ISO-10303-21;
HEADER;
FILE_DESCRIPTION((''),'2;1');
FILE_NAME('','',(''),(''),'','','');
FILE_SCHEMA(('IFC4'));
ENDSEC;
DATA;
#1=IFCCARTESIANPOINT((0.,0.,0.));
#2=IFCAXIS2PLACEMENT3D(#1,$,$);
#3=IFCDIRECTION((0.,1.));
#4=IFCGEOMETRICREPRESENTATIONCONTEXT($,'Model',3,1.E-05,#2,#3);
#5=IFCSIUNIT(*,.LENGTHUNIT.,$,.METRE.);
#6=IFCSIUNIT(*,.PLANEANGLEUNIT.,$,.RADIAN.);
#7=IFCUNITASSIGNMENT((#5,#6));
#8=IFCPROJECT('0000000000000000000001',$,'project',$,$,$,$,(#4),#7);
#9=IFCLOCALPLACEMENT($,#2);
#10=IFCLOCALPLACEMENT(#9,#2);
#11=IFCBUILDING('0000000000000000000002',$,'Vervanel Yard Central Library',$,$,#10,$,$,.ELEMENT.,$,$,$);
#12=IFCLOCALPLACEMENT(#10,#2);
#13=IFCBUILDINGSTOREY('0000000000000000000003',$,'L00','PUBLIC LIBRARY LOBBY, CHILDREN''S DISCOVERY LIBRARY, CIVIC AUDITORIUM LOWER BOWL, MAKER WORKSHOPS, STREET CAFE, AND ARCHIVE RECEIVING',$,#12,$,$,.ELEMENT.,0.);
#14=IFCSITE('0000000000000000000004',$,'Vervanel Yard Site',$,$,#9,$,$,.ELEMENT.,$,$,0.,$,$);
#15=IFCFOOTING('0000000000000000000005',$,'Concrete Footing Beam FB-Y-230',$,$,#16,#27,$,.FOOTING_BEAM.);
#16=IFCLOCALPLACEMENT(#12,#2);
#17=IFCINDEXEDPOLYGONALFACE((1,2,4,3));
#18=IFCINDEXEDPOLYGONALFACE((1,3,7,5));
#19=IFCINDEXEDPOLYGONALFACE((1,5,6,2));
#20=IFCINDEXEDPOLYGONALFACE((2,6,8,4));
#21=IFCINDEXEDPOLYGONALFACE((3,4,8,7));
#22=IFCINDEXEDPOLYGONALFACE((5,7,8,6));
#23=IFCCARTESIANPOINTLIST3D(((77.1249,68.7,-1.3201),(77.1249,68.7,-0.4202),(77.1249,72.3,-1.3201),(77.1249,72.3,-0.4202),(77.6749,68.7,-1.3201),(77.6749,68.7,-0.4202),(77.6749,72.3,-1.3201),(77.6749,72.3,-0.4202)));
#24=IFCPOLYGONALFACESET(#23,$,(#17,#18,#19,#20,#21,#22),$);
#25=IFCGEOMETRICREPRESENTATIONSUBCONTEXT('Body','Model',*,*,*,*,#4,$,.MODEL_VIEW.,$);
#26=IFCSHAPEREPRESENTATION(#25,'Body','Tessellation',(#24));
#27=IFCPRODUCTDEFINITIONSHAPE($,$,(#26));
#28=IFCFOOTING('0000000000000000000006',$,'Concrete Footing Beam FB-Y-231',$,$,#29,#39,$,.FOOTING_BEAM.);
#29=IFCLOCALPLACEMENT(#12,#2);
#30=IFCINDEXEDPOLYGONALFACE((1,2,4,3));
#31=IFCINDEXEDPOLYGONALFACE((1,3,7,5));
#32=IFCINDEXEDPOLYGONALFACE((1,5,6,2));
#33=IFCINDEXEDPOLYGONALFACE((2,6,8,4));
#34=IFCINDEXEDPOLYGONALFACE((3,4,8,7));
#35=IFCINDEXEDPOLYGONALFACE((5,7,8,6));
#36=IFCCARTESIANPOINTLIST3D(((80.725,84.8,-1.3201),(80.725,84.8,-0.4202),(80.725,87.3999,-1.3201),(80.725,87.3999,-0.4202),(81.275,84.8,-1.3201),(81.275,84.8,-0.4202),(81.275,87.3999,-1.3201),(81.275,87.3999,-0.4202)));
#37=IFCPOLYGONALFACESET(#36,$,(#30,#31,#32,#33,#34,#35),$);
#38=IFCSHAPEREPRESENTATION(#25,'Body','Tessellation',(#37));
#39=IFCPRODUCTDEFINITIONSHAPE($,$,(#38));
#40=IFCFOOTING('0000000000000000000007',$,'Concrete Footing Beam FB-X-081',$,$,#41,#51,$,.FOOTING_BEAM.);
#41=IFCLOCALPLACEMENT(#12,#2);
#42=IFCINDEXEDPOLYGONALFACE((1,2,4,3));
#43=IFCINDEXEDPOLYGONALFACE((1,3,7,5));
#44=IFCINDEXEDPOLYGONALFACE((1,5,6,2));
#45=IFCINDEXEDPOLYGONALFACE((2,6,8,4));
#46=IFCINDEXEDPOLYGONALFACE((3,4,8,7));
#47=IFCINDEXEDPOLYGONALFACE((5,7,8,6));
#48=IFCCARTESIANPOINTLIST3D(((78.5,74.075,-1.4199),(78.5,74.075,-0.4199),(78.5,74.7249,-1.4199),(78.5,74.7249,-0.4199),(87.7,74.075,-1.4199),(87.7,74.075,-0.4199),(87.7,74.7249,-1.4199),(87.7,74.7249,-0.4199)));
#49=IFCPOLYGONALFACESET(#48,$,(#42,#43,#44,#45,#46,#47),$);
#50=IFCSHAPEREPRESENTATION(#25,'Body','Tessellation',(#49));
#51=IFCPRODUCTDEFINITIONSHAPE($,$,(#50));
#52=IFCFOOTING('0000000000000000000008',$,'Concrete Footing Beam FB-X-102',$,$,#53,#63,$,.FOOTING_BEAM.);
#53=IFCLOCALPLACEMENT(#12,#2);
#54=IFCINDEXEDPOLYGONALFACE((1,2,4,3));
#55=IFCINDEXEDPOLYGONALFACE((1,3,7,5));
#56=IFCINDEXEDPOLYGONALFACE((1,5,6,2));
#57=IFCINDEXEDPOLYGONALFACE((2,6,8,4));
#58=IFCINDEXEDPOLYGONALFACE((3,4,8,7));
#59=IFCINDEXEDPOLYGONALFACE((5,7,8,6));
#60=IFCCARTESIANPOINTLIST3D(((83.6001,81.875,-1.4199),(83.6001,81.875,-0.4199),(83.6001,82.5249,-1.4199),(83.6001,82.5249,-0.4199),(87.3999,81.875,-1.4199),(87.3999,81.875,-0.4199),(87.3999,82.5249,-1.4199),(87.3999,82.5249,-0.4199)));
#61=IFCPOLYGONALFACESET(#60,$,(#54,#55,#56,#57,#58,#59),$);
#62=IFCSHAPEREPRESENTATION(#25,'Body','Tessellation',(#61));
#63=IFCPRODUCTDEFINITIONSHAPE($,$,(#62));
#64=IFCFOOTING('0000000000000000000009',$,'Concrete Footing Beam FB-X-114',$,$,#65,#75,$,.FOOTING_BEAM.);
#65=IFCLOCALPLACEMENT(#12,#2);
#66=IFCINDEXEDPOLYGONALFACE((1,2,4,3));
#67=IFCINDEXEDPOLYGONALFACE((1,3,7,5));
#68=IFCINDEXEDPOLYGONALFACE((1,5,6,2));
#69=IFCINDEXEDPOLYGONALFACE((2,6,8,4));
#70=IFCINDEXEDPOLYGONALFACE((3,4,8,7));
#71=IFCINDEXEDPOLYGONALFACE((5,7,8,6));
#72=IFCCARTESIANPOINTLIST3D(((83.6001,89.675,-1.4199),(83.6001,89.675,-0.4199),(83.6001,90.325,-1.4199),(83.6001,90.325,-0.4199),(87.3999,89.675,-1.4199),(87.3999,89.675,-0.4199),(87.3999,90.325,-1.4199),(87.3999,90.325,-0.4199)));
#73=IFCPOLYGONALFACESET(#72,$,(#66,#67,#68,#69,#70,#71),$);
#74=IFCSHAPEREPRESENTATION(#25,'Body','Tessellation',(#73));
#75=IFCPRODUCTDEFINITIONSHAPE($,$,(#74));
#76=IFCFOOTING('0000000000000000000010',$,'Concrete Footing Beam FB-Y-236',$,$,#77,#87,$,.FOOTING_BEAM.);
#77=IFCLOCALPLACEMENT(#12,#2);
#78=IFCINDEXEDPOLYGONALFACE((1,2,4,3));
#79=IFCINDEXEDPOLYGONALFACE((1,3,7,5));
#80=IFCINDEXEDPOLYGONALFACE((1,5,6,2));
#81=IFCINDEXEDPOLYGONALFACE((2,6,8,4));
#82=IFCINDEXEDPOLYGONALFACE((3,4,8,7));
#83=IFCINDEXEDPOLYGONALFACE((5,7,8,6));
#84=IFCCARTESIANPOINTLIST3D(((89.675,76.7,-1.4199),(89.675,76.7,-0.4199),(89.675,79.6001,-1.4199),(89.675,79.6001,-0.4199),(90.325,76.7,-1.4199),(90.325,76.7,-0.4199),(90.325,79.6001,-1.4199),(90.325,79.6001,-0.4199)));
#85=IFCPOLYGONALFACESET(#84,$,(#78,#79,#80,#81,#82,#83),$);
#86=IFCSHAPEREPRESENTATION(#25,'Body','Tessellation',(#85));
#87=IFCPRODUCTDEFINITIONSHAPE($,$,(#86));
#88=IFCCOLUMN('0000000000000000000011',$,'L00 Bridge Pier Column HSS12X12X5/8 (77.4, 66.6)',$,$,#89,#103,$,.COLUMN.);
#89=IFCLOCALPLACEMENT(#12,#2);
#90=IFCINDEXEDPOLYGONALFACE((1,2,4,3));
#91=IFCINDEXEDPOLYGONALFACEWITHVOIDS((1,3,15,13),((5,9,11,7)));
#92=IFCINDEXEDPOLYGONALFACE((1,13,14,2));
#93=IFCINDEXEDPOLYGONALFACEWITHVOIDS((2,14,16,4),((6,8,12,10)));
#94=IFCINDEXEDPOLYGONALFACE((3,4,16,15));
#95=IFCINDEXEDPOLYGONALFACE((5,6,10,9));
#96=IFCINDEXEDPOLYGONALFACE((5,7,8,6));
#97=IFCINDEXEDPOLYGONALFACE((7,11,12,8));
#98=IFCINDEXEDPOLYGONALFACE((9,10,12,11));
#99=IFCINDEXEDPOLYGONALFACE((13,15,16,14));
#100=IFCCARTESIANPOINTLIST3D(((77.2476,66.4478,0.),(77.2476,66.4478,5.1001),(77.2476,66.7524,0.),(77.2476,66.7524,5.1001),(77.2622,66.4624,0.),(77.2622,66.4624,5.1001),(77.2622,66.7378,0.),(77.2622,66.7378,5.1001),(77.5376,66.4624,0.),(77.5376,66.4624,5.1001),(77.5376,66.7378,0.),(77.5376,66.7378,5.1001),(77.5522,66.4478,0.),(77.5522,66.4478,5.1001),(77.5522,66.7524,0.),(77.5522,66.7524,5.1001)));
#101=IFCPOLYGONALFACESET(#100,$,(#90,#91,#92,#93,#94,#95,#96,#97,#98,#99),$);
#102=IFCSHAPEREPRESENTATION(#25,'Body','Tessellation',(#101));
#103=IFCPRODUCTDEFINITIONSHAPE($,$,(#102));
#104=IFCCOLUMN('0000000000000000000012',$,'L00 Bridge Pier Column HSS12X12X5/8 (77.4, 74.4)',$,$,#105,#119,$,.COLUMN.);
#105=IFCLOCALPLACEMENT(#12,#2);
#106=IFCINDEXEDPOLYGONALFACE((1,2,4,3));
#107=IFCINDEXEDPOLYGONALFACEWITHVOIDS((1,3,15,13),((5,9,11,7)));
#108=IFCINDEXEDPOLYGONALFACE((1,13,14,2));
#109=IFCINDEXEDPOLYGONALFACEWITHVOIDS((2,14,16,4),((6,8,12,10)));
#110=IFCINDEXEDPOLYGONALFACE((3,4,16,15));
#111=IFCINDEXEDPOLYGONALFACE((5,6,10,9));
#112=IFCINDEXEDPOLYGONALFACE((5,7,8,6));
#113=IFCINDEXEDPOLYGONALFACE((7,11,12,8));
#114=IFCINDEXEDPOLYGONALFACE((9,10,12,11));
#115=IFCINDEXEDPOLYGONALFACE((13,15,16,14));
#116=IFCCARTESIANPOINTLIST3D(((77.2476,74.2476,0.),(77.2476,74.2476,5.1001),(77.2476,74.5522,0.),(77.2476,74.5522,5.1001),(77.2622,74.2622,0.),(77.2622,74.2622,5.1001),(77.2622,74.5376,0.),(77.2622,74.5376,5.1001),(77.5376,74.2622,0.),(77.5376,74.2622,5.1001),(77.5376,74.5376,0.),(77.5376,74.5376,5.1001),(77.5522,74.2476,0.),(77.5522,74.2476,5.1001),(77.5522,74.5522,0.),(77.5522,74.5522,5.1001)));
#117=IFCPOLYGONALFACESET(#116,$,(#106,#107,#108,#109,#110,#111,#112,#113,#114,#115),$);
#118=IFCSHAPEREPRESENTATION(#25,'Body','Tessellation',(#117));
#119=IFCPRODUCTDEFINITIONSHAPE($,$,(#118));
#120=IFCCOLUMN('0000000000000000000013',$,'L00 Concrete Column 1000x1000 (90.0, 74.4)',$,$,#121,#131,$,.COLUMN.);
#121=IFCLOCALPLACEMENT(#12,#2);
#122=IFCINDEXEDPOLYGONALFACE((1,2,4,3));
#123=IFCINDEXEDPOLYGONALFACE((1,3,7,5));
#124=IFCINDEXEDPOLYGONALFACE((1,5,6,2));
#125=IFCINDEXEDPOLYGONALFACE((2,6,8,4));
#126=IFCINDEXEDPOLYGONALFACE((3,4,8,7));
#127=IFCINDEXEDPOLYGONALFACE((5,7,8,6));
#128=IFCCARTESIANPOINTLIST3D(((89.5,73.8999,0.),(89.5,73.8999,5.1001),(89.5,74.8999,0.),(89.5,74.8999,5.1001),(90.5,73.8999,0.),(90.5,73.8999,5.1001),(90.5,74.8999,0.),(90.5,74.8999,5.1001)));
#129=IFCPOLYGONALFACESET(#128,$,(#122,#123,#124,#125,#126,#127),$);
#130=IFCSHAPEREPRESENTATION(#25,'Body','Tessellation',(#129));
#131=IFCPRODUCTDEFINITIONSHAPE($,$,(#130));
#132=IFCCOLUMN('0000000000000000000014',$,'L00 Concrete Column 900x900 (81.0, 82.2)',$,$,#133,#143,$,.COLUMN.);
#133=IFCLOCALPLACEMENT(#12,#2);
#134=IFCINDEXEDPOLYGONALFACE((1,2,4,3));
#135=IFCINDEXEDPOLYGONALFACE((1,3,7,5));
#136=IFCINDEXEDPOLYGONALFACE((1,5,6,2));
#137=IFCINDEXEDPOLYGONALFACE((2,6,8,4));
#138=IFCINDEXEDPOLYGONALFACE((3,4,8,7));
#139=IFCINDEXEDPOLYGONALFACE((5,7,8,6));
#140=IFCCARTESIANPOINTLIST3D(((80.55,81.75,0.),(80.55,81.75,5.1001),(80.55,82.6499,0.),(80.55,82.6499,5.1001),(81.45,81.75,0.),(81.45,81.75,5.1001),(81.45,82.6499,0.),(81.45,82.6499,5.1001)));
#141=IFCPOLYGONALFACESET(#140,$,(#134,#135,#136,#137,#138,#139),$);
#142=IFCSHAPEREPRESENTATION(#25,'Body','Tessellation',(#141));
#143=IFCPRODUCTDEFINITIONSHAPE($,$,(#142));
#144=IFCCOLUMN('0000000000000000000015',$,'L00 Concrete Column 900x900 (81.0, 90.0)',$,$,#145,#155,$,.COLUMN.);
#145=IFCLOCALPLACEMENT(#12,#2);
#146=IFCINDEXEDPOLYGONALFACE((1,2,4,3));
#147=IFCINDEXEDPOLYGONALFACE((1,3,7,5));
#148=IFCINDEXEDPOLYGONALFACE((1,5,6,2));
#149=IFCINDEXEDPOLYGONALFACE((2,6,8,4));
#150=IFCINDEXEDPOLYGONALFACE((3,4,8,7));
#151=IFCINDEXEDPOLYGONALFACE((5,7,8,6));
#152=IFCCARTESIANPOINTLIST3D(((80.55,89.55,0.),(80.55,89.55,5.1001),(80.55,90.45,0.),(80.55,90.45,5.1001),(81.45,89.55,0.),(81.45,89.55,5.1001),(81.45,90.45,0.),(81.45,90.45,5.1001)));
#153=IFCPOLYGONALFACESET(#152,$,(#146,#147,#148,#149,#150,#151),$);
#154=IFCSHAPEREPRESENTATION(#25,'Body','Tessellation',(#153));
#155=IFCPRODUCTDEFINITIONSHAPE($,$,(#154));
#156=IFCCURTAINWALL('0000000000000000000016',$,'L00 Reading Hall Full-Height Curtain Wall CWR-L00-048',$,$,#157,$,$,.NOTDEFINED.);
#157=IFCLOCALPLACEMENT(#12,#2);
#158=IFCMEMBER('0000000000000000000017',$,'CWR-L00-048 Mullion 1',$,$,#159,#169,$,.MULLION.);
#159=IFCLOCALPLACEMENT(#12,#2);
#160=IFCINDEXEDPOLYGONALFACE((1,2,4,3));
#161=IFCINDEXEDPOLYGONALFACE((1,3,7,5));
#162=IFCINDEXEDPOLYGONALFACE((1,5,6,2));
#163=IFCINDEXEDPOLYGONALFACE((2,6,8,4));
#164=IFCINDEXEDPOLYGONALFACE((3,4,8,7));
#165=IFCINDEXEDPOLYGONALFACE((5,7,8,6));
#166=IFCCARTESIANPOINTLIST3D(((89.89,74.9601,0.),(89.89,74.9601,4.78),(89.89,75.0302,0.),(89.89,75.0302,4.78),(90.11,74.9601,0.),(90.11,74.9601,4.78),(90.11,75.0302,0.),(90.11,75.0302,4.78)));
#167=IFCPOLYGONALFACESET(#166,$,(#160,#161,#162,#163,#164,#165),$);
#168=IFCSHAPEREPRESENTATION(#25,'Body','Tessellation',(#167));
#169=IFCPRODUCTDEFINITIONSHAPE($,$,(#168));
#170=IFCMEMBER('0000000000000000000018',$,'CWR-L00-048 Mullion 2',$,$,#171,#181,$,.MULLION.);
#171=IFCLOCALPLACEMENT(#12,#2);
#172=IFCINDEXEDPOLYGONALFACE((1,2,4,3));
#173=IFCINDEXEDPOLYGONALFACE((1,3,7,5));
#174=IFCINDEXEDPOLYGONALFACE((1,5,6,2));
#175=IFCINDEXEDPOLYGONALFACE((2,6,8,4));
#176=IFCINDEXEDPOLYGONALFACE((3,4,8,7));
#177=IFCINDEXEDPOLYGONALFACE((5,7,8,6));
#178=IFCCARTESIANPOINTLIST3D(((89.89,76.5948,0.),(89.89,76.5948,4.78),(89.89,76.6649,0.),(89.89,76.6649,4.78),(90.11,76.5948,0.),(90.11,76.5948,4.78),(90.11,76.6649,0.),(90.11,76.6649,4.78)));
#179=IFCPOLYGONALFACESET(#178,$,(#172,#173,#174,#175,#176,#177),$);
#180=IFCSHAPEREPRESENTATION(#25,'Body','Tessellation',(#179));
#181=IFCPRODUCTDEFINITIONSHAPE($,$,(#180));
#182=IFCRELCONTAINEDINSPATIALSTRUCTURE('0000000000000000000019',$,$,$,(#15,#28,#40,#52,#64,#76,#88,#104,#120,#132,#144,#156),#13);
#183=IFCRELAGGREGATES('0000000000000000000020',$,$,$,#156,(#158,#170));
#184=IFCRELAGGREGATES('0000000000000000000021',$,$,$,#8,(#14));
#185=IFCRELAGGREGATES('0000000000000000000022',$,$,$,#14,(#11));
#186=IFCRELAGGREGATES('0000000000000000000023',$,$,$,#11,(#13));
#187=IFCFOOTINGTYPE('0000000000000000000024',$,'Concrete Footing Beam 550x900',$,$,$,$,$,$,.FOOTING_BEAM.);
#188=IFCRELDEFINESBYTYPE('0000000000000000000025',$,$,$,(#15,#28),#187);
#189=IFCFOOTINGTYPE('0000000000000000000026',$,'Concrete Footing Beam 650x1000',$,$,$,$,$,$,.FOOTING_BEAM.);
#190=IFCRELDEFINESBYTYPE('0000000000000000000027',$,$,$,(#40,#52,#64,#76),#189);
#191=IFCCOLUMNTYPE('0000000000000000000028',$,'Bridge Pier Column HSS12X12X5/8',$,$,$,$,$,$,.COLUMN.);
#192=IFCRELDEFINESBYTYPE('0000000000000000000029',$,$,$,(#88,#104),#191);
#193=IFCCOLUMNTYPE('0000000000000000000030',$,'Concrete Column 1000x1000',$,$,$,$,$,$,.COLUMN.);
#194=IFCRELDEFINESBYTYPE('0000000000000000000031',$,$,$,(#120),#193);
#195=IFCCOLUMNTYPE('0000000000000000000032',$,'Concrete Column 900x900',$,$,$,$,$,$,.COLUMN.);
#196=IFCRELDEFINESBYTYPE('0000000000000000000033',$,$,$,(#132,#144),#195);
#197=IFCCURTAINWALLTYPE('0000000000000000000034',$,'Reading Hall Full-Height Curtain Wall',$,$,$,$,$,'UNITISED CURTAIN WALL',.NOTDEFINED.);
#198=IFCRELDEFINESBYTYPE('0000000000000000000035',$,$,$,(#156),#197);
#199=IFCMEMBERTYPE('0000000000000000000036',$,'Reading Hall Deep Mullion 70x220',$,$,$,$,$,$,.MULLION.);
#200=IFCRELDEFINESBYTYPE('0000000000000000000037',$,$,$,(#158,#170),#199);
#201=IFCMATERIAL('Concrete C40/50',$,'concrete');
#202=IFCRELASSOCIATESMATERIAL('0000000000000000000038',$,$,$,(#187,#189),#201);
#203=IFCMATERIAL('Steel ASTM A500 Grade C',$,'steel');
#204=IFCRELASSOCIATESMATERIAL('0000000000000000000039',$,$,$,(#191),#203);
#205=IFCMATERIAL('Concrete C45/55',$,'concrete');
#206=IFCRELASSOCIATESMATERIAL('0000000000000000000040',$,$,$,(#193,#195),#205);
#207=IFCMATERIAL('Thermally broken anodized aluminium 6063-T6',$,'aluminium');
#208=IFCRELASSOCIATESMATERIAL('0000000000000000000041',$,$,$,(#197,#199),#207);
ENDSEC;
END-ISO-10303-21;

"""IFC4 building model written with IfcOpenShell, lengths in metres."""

from ifc_helpers import new_model, si_unit, direction, frame, origin, origin_2d, place, context, subcontext, project, spatial, rectangle, hollow_rectangle, extrude, material, material_profile, profile_set, type_object, element, aggregate, save


model = new_model("IFC4")

# Units and contexts
model_context = context("Model", 3, precision=1e-05, world=origin(), true_north=direction((0.0, 1.0)))
body_context = subcontext(model_context, "Body", "Model", "MODEL_VIEW")
ifc_project = project(units=[si_unit("LENGTHUNIT", "METRE"), si_unit("PLANEANGLEUNIT", "RADIAN")], contexts=[model_context])

# Site, building, storey
site_placement = place(None, origin())
site = spatial("IfcSite", under=ifc_project, at=site_placement, Name="Vervanel Yard Site", CompositionType="ELEMENT", RefElevation=0.0)
building_placement = place(site_placement, origin())
building = spatial("IfcBuilding", under=site, at=building_placement, Name="Vervanel Yard Central Library", CompositionType="ELEMENT")
storey_placement = place(building_placement, origin())
storey = spatial("IfcBuildingStorey", under=building, at=storey_placement, Name="L00", Description="PUBLIC LIBRARY LOBBY, CHILDREN'S DISCOVERY LIBRARY, CIVIC AUDITORIUM LOWER BOWL, MAKER WORKSHOPS, STREET CAFE, AND ARCHIVE RECEIVING", CompositionType="ELEMENT", Elevation=0.0)

# Footings
ifc_material_1 = material(Name="Concrete C40/50", Category="concrete")
ifc_material_profile_1 = material_profile(ifc_material_1, rectangle(XDim=0.55, YDim=0.8999, at=origin_2d()), Name="RC 550x900", Category="concrete")
ifc_profile_set_1 = profile_set([ifc_material_profile_1], Name="Concrete C40/50")
footing_type_1 = type_object("IfcFootingType", Name="Concrete Footing Beam 550x900", PredefinedType="FOOTING_BEAM", material=ifc_profile_set_1)
footing_1_placement = place(storey_placement, frame((77.3999, 68.7, -0.8701), z_axis=(0.0, 1.0, 0.0), x_axis=(-1.0, 0.0, 0.0)))
element("IfcFooting", 1, at=footing_1_placement, inside=storey, type_object=footing_type_1, Name="Concrete Footing Beam FB-Y-230", PredefinedType="FOOTING_BEAM", context=body_context, shape_type="SweptSolid", body=[
    extrude(rectangle(XDim=0.55, YDim=0.8999, at=origin_2d()), origin(), (0.0, 0.0, 1.0), 3.6001),
])
footing_2_placement = place(storey_placement, frame((81.0, 84.8, -0.8701), z_axis=(0.0, 1.0, 0.0), x_axis=(-1.0, 0.0, 0.0)))
element("IfcFooting", 2, at=footing_2_placement, inside=storey, type_object=footing_type_1, Name="Concrete Footing Beam FB-Y-231", PredefinedType="FOOTING_BEAM", context=body_context, shape_type="SweptSolid", body=[
    extrude(rectangle(XDim=0.55, YDim=0.8999, at=origin_2d()), origin(), (0.0, 0.0, 1.0), 2.5999),
])
ifc_material_profile_2 = material_profile(ifc_material_1, rectangle(XDim=0.6499, YDim=1.0, at=origin_2d()), Name="RC 650x1000", Category="concrete")
ifc_profile_set_2 = profile_set([ifc_material_profile_2], Name="Concrete C40/50")
footing_type_2 = type_object("IfcFootingType", Name="Concrete Footing Beam 650x1000", PredefinedType="FOOTING_BEAM", material=ifc_profile_set_2)
footing_3_placement = place(storey_placement, frame((78.5, 74.3999, -0.9199), z_axis=(1.0, 0.0, 0.0), x_axis=(0.0, 1.0, 0.0)))
element("IfcFooting", 3, at=footing_3_placement, inside=storey, type_object=footing_type_2, Name="Concrete Footing Beam FB-X-081", PredefinedType="FOOTING_BEAM", context=body_context, shape_type="SweptSolid", body=[
    extrude(rectangle(XDim=0.6499, YDim=1.0, at=origin_2d()), origin(), (0.0, 0.0, 1.0), 9.2),
])
for number, where, z_axis, x_axis, name in (
    (4, (83.6001, 82.2, -0.9199), (1.0, 0.0, 0.0), (0.0, 1.0, 0.0), "Concrete Footing Beam FB-X-102"),
    (5, (83.6001, 90.0, -0.9199), (1.0, 0.0, 0.0), (0.0, 1.0, 0.0), "Concrete Footing Beam FB-X-114"),
):
    element("IfcFooting", number, at=place(storey_placement, frame(where, z_axis=z_axis, x_axis=x_axis)), inside=storey, type_object=footing_type_2, Name=name, PredefinedType="FOOTING_BEAM", context=body_context, shape_type="SweptSolid", body=[
        extrude(rectangle(XDim=0.6499, YDim=1.0, at=origin_2d()), origin(), (0.0, 0.0, 1.0), 3.7998),
    ])
footing_4_placement = place(storey_placement, frame((90.0, 76.7, -0.9199), z_axis=(0.0, 1.0, 0.0), x_axis=(-1.0, 0.0, 0.0)))
element("IfcFooting", 6, at=footing_4_placement, inside=storey, type_object=footing_type_2, Name="Concrete Footing Beam FB-Y-236", PredefinedType="FOOTING_BEAM", context=body_context, shape_type="SweptSolid", body=[
    extrude(rectangle(XDim=0.6499, YDim=1.0, at=origin_2d()), origin(), (0.0, 0.0, 1.0), 2.9001),
])

# Columns
ifc_material_2 = material(Name="Steel ASTM A500 Grade C", Category="steel")
ifc_material_profile_3 = material_profile(ifc_material_2, hollow_rectangle(XDim=0.3047, YDim=0.3047, WallThickness=0.0146, at=origin_2d()), Name="HSS12X12X5/8", Category="steel")
ifc_profile_set_3 = profile_set([ifc_material_profile_3], Name="Steel ASTM A500 Grade C")
column_type_1 = type_object("IfcColumnType", Name="Bridge Pier Column HSS12X12X5/8", PredefinedType="COLUMN", material=ifc_profile_set_3)
for number, where, z_axis, x_axis, name in (
    (7, (77.3999, 66.6001, 0.0), (0.0, 0.0, 1.0), (1.0, 0.0, 0.0), "L00 Bridge Pier Column HSS12X12X5/8 (77.4, 66.6)"),
    (8, (77.3999, 74.3999, 0.0), (0.0, 0.0, 1.0), (1.0, 0.0, 0.0), "L00 Bridge Pier Column HSS12X12X5/8 (77.4, 74.4)"),
):
    element("IfcColumn", number, at=place(storey_placement, frame(where, z_axis=z_axis, x_axis=x_axis)), inside=storey, type_object=column_type_1, Name=name, PredefinedType="COLUMN", context=body_context, shape_type="SweptSolid", body=[
        extrude(hollow_rectangle(XDim=0.3047, YDim=0.3047, WallThickness=0.0146, at=origin_2d()), origin(), (0.0, 0.0, 1.0), 5.1001),
    ])
ifc_material_3 = material(Name="Concrete C45/55", Category="concrete")
ifc_material_profile_4 = material_profile(ifc_material_3, rectangle(XDim=1.0, YDim=1.0, at=origin_2d()), Name="RC 1000x1000", Category="concrete")
ifc_profile_set_4 = profile_set([ifc_material_profile_4], Name="Concrete C45/55")
column_type_2 = type_object("IfcColumnType", Name="Concrete Column 1000x1000", PredefinedType="COLUMN", material=ifc_profile_set_4)
column_placement = place(storey_placement, frame((90.0, 74.3999, 0.0), z_axis=(0.0, 0.0, 1.0), x_axis=(1.0, 0.0, 0.0)))
element("IfcColumn", 9, at=column_placement, inside=storey, type_object=column_type_2, Name="L00 Concrete Column 1000x1000 (90.0, 74.4)", PredefinedType="COLUMN", context=body_context, shape_type="SweptSolid", body=[
    extrude(rectangle(XDim=1.0, YDim=1.0, at=origin_2d()), origin(), (0.0, 0.0, 1.0), 5.1001),
])
ifc_material_profile_5 = material_profile(ifc_material_3, rectangle(XDim=0.8999, YDim=0.8999, at=origin_2d()), Name="RC 900x900", Category="concrete")
ifc_profile_set_5 = profile_set([ifc_material_profile_5], Name="Concrete C45/55")
column_type_3 = type_object("IfcColumnType", Name="Concrete Column 900x900", PredefinedType="COLUMN", material=ifc_profile_set_5)
for number, where, z_axis, x_axis, name in (
    (10, (81.0, 82.2, 0.0), (0.0, 0.0, 1.0), (1.0, 0.0, 0.0), "L00 Concrete Column 900x900 (81.0, 82.2)"),
    (11, (81.0, 90.0, 0.0), (0.0, 0.0, 1.0), (1.0, 0.0, 0.0), "L00 Concrete Column 900x900 (81.0, 90.0)"),
):
    element("IfcColumn", number, at=place(storey_placement, frame(where, z_axis=z_axis, x_axis=x_axis)), inside=storey, type_object=column_type_3, Name=name, PredefinedType="COLUMN", context=body_context, shape_type="SweptSolid", body=[
        extrude(rectangle(XDim=0.8999, YDim=0.8999, at=origin_2d()), origin(), (0.0, 0.0, 1.0), 5.1001),
    ])

# Curtain wall, members
ifc_material_4 = material(Name="Thermally broken anodized aluminium 6063-T6", Category="aluminium")
curtain_wall_type = type_object("IfcCurtainWallType", Name="Reading Hall Full-Height Curtain Wall", ElementType="UNITISED CURTAIN WALL", PredefinedType="NOTDEFINED", material=ifc_material_4)
curtain_wall_1_placement = place(storey_placement, origin())
curtain_wall_1 = element("IfcCurtainWall", 12, at=curtain_wall_1_placement, inside=storey, type_object=curtain_wall_type, Name="L00 Reading Hall Full-Height Curtain Wall CWR-L00-048", PredefinedType="NOTDEFINED")
ifc_material_profile_6 = material_profile(ifc_material_4, rectangle(XDim=0.0701, YDim=0.22, at=origin_2d()), Name="ALU 70x220", Category="aluminium")
ifc_profile_set_6 = profile_set([ifc_material_profile_6], Name="Thermally broken anodized aluminium 6063-T6")
member_type_1 = type_object("IfcMemberType", Name="Reading Hall Deep Mullion 70x220", PredefinedType="MULLION", material=ifc_profile_set_6)
member_1_placement = place(storey_placement, frame((90.0, 74.9951, 0.0), z_axis=(0.0, 0.0, 1.0), x_axis=(0.0, 1.0, 0.0)))
member_1 = element("IfcMember", 13, at=member_1_placement, type_object=member_type_1, Name="CWR-L00-048 Mullion 1", PredefinedType="MULLION", context=body_context, shape_type="SweptSolid", body=[
    extrude(rectangle(XDim=0.0701, YDim=0.22, at=origin_2d()), origin(), (0.0, 0.0, 1.0), 4.78),
])
member_2_placement = place(storey_placement, frame((90.0, 76.6299, 0.0), z_axis=(0.0, 0.0, 1.0), x_axis=(0.0, 1.0, 0.0)))
member_2 = element("IfcMember", 14, at=member_2_placement, type_object=member_type_1, Name="CWR-L00-048 Mullion 2", PredefinedType="MULLION", context=body_context, shape_type="SweptSolid", body=[
    extrude(rectangle(XDim=0.0701, YDim=0.22, at=origin_2d()), origin(), (0.0, 0.0, 1.0), 4.78),
])

aggregate(curtain_wall_1, [member_1, member_2])

save(model, "model.ifc")
